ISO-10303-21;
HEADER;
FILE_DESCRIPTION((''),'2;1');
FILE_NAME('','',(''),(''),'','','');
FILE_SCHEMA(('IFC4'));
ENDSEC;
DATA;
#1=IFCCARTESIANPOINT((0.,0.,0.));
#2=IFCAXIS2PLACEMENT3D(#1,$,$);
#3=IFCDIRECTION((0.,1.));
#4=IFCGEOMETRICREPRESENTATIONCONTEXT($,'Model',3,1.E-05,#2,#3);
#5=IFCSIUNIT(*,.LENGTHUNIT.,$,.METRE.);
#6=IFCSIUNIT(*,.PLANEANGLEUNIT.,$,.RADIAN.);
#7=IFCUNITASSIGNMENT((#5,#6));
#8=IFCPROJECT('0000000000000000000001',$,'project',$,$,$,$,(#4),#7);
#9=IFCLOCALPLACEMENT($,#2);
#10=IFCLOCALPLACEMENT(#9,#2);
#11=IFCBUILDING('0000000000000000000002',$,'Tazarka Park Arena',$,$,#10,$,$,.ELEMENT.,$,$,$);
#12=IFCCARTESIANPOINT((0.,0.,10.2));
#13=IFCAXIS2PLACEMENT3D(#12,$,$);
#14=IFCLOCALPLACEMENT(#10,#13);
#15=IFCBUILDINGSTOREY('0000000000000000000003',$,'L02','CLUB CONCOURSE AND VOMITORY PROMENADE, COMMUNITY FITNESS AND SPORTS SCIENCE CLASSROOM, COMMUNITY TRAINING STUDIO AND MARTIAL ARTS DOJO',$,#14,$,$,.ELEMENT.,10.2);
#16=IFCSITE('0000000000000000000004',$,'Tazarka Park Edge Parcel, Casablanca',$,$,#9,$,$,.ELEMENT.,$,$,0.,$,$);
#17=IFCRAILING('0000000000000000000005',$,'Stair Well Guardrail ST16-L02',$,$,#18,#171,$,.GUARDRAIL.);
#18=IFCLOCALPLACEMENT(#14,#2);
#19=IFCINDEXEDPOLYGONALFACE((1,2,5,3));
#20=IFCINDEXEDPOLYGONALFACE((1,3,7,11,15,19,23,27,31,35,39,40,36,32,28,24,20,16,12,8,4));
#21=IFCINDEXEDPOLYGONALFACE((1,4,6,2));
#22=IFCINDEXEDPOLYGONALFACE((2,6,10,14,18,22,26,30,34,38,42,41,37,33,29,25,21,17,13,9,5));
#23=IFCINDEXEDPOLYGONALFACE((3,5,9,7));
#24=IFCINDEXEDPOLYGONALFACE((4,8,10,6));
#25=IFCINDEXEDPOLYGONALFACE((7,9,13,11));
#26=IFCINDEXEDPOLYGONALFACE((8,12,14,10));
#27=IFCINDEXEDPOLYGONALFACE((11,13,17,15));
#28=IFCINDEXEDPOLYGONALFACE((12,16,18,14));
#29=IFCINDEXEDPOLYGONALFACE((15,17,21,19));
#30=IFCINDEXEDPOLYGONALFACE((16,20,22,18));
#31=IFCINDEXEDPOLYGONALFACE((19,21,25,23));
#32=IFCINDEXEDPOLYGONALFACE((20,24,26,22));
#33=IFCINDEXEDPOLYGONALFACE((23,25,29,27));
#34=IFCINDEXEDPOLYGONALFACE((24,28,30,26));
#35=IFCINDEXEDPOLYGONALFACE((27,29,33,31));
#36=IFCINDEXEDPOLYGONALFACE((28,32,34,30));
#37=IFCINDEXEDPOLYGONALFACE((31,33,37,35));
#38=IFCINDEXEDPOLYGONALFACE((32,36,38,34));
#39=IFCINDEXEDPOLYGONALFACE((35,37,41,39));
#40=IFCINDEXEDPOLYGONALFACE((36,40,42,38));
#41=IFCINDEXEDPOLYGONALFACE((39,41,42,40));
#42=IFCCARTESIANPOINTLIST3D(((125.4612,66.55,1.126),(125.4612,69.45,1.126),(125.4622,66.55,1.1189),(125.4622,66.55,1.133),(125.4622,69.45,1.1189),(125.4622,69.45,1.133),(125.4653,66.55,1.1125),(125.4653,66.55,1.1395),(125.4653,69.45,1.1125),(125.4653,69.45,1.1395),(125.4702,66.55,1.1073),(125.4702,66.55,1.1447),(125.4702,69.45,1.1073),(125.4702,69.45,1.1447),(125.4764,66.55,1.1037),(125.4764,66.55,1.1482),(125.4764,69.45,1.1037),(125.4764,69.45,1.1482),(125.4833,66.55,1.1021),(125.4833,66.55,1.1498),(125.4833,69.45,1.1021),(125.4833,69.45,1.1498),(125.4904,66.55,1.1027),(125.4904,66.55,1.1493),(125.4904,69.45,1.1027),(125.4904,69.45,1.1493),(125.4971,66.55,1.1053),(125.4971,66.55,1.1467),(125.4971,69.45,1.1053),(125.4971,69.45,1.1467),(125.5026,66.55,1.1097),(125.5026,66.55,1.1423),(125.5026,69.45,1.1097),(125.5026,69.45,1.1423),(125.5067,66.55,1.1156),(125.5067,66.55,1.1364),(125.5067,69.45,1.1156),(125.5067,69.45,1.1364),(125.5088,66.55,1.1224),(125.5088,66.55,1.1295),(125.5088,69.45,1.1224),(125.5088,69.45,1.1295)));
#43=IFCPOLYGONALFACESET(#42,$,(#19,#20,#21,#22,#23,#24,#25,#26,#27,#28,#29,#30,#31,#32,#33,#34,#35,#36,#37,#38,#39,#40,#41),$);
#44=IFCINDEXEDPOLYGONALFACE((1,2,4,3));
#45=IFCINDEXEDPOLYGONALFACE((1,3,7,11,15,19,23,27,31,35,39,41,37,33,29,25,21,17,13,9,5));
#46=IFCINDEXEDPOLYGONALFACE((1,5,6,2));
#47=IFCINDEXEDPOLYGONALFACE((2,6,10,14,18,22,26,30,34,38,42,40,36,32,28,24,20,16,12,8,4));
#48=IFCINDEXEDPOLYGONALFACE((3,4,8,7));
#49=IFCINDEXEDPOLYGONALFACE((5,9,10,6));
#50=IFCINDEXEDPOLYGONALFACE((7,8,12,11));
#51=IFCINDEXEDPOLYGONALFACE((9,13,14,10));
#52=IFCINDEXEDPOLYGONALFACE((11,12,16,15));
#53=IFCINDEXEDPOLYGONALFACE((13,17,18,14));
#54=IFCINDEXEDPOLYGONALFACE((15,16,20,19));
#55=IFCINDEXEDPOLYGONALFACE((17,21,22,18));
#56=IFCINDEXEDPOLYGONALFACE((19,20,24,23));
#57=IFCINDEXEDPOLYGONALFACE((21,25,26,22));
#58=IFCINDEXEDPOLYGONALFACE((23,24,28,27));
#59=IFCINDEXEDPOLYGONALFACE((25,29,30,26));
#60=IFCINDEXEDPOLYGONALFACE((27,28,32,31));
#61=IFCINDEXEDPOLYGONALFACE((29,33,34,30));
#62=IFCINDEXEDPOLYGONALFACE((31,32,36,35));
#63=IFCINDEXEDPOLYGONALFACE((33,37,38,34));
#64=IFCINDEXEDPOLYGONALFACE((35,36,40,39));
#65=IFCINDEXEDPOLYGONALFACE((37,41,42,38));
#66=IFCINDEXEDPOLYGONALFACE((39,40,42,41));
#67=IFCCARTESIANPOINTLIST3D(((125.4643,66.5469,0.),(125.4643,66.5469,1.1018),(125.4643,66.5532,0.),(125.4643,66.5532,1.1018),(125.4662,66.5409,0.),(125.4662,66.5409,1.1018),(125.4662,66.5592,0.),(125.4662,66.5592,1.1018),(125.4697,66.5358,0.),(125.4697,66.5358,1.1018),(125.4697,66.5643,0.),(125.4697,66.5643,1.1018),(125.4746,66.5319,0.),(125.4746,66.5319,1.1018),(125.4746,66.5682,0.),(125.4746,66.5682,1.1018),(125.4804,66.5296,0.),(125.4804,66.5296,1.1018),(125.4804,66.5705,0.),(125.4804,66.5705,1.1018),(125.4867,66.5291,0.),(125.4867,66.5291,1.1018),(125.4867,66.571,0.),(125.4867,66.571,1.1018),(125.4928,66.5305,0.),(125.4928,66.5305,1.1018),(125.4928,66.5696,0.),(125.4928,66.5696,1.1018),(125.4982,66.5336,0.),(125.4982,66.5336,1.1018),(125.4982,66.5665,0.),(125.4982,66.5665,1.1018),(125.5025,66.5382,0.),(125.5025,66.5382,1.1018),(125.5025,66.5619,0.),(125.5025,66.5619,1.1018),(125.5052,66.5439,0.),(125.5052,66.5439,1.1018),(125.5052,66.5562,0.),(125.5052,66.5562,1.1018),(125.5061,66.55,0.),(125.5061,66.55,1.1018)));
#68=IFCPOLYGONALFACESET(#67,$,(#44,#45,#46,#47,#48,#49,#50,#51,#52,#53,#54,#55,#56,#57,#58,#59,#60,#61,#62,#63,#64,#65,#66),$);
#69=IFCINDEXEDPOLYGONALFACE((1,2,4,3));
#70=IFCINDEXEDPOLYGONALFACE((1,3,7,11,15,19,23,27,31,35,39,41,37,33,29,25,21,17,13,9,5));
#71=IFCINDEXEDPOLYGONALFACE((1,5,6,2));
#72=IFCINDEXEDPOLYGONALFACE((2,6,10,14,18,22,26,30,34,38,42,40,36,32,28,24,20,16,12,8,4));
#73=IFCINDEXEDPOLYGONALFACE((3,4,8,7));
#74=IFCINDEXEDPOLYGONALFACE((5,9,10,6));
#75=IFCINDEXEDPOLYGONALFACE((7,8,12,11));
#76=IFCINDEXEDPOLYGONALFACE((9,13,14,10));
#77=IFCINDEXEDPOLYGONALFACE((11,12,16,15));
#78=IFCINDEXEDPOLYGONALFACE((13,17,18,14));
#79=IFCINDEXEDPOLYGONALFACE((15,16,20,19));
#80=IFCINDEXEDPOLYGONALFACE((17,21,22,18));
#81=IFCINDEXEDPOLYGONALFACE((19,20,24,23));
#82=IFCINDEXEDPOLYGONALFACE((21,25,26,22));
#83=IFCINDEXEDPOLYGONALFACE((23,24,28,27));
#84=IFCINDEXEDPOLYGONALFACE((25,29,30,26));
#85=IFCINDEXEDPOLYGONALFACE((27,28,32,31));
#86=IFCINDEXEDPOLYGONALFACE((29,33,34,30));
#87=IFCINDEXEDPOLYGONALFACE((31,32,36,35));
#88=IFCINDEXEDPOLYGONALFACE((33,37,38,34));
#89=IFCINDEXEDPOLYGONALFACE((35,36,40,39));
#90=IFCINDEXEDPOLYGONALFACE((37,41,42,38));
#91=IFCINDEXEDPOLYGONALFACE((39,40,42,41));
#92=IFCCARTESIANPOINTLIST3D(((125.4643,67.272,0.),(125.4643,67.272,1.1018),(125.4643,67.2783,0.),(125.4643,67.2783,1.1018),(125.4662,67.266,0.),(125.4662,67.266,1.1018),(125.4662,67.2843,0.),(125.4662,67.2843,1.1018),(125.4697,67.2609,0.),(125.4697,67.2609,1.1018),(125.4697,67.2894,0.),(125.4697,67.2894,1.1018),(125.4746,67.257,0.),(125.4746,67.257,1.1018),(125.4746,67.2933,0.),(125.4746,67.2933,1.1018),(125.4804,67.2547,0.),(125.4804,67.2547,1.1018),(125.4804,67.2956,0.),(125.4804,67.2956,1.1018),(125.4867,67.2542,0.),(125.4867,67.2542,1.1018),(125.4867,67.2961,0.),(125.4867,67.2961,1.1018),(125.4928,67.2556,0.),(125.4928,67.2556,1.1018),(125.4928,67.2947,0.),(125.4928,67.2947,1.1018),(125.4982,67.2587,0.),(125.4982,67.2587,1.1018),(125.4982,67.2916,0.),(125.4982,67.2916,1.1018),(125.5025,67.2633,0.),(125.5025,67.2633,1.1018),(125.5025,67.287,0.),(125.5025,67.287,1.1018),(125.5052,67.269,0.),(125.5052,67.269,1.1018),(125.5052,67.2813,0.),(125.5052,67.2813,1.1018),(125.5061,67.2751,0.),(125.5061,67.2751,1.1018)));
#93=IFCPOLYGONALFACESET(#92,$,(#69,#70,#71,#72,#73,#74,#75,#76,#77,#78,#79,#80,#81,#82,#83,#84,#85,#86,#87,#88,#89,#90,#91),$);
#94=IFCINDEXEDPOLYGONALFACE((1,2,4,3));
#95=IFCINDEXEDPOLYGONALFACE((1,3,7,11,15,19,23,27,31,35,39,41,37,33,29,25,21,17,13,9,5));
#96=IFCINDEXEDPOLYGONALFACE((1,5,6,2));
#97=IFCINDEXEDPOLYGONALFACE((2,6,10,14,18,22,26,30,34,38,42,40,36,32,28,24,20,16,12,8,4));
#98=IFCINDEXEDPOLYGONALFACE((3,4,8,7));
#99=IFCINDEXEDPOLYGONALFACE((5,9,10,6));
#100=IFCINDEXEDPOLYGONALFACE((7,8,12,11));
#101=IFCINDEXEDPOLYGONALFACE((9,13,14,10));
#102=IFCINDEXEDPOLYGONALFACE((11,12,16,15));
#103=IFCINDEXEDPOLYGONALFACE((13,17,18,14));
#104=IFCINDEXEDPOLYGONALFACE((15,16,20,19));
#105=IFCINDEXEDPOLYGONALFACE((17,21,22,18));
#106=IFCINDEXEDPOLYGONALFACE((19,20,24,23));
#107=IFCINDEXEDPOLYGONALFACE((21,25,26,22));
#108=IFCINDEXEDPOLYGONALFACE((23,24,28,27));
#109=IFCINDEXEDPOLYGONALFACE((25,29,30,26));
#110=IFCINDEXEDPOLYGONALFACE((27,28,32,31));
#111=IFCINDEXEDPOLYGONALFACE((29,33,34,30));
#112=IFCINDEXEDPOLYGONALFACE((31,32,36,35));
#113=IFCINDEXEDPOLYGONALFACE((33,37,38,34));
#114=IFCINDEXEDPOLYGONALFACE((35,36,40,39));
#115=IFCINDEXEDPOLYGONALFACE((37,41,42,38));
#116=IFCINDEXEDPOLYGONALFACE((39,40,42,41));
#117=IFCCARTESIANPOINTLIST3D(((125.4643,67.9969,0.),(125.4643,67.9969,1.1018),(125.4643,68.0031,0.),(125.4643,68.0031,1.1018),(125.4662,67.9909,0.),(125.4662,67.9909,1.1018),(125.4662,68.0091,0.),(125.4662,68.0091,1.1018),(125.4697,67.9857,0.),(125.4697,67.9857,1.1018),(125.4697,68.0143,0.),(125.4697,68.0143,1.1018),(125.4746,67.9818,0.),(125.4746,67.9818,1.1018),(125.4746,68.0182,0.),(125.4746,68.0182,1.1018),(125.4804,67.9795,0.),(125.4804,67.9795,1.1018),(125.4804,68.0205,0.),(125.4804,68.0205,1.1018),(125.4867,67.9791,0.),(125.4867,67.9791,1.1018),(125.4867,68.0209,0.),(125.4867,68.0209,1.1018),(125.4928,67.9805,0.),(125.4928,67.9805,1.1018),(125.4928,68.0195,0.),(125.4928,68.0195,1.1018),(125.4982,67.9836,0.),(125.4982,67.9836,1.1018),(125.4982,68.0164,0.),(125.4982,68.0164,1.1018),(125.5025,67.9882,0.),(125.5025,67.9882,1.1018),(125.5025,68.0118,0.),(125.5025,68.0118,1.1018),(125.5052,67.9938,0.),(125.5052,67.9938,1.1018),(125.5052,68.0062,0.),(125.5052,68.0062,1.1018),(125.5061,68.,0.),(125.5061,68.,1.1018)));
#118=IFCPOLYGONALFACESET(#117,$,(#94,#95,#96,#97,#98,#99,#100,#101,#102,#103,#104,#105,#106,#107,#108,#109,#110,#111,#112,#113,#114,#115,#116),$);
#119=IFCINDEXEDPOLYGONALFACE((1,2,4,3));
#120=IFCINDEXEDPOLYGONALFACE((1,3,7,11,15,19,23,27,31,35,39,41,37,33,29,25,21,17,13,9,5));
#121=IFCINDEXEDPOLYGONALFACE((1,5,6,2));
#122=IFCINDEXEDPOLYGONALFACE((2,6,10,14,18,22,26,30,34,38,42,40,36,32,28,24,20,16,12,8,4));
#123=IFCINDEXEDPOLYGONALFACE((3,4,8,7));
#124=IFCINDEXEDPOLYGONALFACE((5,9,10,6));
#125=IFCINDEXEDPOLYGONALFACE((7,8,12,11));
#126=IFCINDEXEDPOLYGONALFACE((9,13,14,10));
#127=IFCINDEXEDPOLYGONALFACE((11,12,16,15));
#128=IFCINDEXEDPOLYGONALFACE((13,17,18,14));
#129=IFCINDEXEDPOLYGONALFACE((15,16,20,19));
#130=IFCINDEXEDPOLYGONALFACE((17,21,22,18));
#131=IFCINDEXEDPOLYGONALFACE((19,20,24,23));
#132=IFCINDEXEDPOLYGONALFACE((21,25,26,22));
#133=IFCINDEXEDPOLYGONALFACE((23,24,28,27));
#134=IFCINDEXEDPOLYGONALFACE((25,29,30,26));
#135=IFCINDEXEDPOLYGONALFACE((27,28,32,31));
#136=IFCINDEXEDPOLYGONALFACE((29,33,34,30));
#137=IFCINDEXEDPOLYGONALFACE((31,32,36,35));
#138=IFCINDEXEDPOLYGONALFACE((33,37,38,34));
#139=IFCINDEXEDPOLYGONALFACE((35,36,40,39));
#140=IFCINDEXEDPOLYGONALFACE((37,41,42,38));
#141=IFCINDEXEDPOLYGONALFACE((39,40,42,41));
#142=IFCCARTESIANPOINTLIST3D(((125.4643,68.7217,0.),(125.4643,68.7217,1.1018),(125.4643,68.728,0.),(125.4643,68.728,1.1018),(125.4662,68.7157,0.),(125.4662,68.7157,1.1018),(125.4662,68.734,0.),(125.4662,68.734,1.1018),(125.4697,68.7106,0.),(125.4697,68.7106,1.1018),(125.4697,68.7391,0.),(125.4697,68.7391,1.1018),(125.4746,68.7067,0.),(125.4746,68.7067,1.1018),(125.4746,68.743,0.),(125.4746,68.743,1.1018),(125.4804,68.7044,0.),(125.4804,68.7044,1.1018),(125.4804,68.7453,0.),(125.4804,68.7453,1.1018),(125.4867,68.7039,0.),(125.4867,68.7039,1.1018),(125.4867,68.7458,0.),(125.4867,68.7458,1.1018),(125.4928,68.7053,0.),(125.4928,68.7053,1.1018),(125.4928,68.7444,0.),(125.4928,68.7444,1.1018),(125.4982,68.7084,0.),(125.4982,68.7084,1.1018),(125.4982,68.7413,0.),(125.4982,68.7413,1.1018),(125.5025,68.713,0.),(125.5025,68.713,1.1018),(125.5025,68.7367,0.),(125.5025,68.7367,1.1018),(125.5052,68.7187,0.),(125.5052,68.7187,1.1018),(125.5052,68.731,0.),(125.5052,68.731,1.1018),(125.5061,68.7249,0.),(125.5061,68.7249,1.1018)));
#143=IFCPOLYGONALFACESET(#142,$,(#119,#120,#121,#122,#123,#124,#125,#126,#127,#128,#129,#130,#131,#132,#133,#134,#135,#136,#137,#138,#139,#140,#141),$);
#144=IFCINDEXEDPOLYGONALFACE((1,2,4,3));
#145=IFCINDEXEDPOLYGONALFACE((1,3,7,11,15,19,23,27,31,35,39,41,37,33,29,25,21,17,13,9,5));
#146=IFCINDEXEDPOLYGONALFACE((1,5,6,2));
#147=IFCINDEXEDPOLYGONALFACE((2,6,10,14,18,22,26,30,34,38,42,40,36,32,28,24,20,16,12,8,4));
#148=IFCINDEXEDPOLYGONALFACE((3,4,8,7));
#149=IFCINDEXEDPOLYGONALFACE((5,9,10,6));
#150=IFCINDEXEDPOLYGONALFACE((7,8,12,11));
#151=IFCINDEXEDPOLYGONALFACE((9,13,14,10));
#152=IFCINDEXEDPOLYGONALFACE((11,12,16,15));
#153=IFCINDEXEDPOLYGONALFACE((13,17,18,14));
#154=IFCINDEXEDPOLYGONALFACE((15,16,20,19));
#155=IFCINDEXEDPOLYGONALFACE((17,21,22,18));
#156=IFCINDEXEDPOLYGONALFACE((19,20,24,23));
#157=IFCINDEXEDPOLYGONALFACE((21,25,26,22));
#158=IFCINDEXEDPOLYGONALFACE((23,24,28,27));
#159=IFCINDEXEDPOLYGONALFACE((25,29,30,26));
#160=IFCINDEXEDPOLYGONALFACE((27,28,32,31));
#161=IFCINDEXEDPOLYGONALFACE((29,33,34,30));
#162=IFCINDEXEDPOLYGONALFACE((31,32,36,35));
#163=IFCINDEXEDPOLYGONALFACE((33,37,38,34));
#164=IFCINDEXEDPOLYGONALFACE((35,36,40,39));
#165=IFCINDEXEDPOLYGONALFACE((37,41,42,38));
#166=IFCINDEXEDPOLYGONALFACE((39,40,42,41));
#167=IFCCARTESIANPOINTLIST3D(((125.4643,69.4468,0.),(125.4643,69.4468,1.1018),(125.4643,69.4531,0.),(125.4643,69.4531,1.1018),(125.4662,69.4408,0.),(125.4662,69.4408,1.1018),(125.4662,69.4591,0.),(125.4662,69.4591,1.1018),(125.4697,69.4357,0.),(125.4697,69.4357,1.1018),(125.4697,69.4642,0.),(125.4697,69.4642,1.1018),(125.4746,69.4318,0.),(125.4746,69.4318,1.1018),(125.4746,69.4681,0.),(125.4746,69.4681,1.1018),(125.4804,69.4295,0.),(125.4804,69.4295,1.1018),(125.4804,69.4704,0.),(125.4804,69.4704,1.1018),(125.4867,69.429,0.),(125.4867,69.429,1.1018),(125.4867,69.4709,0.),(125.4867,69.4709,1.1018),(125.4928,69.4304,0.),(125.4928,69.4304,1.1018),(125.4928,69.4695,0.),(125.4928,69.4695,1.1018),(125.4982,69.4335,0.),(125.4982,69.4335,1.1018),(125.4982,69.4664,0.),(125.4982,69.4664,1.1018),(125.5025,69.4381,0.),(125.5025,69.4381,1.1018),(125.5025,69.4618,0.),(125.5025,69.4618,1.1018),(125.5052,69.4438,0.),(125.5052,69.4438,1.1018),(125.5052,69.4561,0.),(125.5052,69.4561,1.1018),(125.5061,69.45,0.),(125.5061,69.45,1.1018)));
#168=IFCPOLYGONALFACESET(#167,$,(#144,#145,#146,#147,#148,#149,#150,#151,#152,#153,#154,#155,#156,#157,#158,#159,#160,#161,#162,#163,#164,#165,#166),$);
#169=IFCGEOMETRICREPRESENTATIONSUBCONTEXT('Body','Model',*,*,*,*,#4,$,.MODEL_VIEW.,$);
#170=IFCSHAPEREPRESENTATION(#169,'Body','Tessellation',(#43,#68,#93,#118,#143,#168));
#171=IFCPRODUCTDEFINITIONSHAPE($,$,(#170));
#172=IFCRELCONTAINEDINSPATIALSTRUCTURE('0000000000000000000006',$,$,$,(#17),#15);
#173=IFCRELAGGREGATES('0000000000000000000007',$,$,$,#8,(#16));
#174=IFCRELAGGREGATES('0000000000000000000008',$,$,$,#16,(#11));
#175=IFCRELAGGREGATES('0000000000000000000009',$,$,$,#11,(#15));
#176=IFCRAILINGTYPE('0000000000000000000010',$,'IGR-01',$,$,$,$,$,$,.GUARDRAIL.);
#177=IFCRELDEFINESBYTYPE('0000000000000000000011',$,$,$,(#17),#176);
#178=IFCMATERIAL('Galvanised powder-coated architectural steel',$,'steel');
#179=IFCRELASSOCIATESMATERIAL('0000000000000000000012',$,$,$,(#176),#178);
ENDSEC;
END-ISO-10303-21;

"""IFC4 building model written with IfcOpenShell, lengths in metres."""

from ifc_helpers import new_model, si_unit, direction, frame, origin, origin_2d, place, context, subcontext, project, spatial, circle, extrude, material, type_object, element, save


model = new_model("IFC4")

# Units and contexts
model_context = context("Model", 3, precision=1e-05, world=origin(), true_north=direction((0.0, 1.0)))
body_context = subcontext(model_context, "Body", "Model", "MODEL_VIEW")
ifc_project = project(units=[si_unit("LENGTHUNIT", "METRE"), si_unit("PLANEANGLEUNIT", "RADIAN")], contexts=[model_context])

# Site, building, storey
site_placement = place(None, origin())
site = spatial("IfcSite", under=ifc_project, at=site_placement, Name="Tazarka Park Edge Parcel, Casablanca", CompositionType="ELEMENT", RefElevation=0.0)
building_placement = place(site_placement, origin())
building = spatial("IfcBuilding", under=site, at=building_placement, Name="Tazarka Park Arena", CompositionType="ELEMENT")
storey_placement = place(building_placement, frame((0.0, 0.0, 10.2)))
storey = spatial("IfcBuildingStorey", under=building, at=storey_placement, Name="L02", Description="CLUB CONCOURSE AND VOMITORY PROMENADE, COMMUNITY FITNESS AND SPORTS SCIENCE CLASSROOM, COMMUNITY TRAINING STUDIO AND MARTIAL ARTS DOJO", CompositionType="ELEMENT", Elevation=10.2)

# Railing
ifc_material_1 = material(Name="Galvanised powder-coated architectural steel", Category="steel")
railing_type_1 = type_object("IfcRailingType", Name="IGR-01", PredefinedType="GUARDRAIL", material=ifc_material_1)
for number, where, name in (
    (1, (125.4851, 66.55, 0.0), "Stair Well Guardrail ST16-L02"),
):
    element("IfcRailing", number, at=place(storey_placement, frame(where)), inside=storey, type_object=railing_type_1, Name=name, PredefinedType="GUARDRAIL", context=body_context, shape_type="SweptSolid", body=[
        extrude(circle(Radius=0.0239, at=origin_2d()), frame((0.0, 0.0, 1.126), z_axis=(0.0, 1.0, 0.0), x_axis=(-1.0, 0.0, 0.0)), (0.0, 0.0, 1.0), 2.8999),
        extrude(circle(Radius=0.021, at=origin_2d()), origin(), (0.0, 0.0, 1.0), 1.1018),
        extrude(circle(Radius=0.021, at=origin_2d()), frame((0.0, 0.7251, 0.0)), (0.0, 0.0, 1.0), 1.1018),
        extrude(circle(Radius=0.021, at=origin_2d()), frame((0.0, 1.45, 0.0)), (0.0, 0.0, 1.0), 1.1018),
        extrude(circle(Radius=0.021, at=origin_2d()), frame((0.0, 2.1748, 0.0)), (0.0, 0.0, 1.0), 1.1018),
        extrude(circle(Radius=0.021, at=origin_2d()), frame((0.0, 2.8999, 0.0)), (0.0, 0.0, 1.0), 1.1018),
    ])

save(model, "model.ifc")
